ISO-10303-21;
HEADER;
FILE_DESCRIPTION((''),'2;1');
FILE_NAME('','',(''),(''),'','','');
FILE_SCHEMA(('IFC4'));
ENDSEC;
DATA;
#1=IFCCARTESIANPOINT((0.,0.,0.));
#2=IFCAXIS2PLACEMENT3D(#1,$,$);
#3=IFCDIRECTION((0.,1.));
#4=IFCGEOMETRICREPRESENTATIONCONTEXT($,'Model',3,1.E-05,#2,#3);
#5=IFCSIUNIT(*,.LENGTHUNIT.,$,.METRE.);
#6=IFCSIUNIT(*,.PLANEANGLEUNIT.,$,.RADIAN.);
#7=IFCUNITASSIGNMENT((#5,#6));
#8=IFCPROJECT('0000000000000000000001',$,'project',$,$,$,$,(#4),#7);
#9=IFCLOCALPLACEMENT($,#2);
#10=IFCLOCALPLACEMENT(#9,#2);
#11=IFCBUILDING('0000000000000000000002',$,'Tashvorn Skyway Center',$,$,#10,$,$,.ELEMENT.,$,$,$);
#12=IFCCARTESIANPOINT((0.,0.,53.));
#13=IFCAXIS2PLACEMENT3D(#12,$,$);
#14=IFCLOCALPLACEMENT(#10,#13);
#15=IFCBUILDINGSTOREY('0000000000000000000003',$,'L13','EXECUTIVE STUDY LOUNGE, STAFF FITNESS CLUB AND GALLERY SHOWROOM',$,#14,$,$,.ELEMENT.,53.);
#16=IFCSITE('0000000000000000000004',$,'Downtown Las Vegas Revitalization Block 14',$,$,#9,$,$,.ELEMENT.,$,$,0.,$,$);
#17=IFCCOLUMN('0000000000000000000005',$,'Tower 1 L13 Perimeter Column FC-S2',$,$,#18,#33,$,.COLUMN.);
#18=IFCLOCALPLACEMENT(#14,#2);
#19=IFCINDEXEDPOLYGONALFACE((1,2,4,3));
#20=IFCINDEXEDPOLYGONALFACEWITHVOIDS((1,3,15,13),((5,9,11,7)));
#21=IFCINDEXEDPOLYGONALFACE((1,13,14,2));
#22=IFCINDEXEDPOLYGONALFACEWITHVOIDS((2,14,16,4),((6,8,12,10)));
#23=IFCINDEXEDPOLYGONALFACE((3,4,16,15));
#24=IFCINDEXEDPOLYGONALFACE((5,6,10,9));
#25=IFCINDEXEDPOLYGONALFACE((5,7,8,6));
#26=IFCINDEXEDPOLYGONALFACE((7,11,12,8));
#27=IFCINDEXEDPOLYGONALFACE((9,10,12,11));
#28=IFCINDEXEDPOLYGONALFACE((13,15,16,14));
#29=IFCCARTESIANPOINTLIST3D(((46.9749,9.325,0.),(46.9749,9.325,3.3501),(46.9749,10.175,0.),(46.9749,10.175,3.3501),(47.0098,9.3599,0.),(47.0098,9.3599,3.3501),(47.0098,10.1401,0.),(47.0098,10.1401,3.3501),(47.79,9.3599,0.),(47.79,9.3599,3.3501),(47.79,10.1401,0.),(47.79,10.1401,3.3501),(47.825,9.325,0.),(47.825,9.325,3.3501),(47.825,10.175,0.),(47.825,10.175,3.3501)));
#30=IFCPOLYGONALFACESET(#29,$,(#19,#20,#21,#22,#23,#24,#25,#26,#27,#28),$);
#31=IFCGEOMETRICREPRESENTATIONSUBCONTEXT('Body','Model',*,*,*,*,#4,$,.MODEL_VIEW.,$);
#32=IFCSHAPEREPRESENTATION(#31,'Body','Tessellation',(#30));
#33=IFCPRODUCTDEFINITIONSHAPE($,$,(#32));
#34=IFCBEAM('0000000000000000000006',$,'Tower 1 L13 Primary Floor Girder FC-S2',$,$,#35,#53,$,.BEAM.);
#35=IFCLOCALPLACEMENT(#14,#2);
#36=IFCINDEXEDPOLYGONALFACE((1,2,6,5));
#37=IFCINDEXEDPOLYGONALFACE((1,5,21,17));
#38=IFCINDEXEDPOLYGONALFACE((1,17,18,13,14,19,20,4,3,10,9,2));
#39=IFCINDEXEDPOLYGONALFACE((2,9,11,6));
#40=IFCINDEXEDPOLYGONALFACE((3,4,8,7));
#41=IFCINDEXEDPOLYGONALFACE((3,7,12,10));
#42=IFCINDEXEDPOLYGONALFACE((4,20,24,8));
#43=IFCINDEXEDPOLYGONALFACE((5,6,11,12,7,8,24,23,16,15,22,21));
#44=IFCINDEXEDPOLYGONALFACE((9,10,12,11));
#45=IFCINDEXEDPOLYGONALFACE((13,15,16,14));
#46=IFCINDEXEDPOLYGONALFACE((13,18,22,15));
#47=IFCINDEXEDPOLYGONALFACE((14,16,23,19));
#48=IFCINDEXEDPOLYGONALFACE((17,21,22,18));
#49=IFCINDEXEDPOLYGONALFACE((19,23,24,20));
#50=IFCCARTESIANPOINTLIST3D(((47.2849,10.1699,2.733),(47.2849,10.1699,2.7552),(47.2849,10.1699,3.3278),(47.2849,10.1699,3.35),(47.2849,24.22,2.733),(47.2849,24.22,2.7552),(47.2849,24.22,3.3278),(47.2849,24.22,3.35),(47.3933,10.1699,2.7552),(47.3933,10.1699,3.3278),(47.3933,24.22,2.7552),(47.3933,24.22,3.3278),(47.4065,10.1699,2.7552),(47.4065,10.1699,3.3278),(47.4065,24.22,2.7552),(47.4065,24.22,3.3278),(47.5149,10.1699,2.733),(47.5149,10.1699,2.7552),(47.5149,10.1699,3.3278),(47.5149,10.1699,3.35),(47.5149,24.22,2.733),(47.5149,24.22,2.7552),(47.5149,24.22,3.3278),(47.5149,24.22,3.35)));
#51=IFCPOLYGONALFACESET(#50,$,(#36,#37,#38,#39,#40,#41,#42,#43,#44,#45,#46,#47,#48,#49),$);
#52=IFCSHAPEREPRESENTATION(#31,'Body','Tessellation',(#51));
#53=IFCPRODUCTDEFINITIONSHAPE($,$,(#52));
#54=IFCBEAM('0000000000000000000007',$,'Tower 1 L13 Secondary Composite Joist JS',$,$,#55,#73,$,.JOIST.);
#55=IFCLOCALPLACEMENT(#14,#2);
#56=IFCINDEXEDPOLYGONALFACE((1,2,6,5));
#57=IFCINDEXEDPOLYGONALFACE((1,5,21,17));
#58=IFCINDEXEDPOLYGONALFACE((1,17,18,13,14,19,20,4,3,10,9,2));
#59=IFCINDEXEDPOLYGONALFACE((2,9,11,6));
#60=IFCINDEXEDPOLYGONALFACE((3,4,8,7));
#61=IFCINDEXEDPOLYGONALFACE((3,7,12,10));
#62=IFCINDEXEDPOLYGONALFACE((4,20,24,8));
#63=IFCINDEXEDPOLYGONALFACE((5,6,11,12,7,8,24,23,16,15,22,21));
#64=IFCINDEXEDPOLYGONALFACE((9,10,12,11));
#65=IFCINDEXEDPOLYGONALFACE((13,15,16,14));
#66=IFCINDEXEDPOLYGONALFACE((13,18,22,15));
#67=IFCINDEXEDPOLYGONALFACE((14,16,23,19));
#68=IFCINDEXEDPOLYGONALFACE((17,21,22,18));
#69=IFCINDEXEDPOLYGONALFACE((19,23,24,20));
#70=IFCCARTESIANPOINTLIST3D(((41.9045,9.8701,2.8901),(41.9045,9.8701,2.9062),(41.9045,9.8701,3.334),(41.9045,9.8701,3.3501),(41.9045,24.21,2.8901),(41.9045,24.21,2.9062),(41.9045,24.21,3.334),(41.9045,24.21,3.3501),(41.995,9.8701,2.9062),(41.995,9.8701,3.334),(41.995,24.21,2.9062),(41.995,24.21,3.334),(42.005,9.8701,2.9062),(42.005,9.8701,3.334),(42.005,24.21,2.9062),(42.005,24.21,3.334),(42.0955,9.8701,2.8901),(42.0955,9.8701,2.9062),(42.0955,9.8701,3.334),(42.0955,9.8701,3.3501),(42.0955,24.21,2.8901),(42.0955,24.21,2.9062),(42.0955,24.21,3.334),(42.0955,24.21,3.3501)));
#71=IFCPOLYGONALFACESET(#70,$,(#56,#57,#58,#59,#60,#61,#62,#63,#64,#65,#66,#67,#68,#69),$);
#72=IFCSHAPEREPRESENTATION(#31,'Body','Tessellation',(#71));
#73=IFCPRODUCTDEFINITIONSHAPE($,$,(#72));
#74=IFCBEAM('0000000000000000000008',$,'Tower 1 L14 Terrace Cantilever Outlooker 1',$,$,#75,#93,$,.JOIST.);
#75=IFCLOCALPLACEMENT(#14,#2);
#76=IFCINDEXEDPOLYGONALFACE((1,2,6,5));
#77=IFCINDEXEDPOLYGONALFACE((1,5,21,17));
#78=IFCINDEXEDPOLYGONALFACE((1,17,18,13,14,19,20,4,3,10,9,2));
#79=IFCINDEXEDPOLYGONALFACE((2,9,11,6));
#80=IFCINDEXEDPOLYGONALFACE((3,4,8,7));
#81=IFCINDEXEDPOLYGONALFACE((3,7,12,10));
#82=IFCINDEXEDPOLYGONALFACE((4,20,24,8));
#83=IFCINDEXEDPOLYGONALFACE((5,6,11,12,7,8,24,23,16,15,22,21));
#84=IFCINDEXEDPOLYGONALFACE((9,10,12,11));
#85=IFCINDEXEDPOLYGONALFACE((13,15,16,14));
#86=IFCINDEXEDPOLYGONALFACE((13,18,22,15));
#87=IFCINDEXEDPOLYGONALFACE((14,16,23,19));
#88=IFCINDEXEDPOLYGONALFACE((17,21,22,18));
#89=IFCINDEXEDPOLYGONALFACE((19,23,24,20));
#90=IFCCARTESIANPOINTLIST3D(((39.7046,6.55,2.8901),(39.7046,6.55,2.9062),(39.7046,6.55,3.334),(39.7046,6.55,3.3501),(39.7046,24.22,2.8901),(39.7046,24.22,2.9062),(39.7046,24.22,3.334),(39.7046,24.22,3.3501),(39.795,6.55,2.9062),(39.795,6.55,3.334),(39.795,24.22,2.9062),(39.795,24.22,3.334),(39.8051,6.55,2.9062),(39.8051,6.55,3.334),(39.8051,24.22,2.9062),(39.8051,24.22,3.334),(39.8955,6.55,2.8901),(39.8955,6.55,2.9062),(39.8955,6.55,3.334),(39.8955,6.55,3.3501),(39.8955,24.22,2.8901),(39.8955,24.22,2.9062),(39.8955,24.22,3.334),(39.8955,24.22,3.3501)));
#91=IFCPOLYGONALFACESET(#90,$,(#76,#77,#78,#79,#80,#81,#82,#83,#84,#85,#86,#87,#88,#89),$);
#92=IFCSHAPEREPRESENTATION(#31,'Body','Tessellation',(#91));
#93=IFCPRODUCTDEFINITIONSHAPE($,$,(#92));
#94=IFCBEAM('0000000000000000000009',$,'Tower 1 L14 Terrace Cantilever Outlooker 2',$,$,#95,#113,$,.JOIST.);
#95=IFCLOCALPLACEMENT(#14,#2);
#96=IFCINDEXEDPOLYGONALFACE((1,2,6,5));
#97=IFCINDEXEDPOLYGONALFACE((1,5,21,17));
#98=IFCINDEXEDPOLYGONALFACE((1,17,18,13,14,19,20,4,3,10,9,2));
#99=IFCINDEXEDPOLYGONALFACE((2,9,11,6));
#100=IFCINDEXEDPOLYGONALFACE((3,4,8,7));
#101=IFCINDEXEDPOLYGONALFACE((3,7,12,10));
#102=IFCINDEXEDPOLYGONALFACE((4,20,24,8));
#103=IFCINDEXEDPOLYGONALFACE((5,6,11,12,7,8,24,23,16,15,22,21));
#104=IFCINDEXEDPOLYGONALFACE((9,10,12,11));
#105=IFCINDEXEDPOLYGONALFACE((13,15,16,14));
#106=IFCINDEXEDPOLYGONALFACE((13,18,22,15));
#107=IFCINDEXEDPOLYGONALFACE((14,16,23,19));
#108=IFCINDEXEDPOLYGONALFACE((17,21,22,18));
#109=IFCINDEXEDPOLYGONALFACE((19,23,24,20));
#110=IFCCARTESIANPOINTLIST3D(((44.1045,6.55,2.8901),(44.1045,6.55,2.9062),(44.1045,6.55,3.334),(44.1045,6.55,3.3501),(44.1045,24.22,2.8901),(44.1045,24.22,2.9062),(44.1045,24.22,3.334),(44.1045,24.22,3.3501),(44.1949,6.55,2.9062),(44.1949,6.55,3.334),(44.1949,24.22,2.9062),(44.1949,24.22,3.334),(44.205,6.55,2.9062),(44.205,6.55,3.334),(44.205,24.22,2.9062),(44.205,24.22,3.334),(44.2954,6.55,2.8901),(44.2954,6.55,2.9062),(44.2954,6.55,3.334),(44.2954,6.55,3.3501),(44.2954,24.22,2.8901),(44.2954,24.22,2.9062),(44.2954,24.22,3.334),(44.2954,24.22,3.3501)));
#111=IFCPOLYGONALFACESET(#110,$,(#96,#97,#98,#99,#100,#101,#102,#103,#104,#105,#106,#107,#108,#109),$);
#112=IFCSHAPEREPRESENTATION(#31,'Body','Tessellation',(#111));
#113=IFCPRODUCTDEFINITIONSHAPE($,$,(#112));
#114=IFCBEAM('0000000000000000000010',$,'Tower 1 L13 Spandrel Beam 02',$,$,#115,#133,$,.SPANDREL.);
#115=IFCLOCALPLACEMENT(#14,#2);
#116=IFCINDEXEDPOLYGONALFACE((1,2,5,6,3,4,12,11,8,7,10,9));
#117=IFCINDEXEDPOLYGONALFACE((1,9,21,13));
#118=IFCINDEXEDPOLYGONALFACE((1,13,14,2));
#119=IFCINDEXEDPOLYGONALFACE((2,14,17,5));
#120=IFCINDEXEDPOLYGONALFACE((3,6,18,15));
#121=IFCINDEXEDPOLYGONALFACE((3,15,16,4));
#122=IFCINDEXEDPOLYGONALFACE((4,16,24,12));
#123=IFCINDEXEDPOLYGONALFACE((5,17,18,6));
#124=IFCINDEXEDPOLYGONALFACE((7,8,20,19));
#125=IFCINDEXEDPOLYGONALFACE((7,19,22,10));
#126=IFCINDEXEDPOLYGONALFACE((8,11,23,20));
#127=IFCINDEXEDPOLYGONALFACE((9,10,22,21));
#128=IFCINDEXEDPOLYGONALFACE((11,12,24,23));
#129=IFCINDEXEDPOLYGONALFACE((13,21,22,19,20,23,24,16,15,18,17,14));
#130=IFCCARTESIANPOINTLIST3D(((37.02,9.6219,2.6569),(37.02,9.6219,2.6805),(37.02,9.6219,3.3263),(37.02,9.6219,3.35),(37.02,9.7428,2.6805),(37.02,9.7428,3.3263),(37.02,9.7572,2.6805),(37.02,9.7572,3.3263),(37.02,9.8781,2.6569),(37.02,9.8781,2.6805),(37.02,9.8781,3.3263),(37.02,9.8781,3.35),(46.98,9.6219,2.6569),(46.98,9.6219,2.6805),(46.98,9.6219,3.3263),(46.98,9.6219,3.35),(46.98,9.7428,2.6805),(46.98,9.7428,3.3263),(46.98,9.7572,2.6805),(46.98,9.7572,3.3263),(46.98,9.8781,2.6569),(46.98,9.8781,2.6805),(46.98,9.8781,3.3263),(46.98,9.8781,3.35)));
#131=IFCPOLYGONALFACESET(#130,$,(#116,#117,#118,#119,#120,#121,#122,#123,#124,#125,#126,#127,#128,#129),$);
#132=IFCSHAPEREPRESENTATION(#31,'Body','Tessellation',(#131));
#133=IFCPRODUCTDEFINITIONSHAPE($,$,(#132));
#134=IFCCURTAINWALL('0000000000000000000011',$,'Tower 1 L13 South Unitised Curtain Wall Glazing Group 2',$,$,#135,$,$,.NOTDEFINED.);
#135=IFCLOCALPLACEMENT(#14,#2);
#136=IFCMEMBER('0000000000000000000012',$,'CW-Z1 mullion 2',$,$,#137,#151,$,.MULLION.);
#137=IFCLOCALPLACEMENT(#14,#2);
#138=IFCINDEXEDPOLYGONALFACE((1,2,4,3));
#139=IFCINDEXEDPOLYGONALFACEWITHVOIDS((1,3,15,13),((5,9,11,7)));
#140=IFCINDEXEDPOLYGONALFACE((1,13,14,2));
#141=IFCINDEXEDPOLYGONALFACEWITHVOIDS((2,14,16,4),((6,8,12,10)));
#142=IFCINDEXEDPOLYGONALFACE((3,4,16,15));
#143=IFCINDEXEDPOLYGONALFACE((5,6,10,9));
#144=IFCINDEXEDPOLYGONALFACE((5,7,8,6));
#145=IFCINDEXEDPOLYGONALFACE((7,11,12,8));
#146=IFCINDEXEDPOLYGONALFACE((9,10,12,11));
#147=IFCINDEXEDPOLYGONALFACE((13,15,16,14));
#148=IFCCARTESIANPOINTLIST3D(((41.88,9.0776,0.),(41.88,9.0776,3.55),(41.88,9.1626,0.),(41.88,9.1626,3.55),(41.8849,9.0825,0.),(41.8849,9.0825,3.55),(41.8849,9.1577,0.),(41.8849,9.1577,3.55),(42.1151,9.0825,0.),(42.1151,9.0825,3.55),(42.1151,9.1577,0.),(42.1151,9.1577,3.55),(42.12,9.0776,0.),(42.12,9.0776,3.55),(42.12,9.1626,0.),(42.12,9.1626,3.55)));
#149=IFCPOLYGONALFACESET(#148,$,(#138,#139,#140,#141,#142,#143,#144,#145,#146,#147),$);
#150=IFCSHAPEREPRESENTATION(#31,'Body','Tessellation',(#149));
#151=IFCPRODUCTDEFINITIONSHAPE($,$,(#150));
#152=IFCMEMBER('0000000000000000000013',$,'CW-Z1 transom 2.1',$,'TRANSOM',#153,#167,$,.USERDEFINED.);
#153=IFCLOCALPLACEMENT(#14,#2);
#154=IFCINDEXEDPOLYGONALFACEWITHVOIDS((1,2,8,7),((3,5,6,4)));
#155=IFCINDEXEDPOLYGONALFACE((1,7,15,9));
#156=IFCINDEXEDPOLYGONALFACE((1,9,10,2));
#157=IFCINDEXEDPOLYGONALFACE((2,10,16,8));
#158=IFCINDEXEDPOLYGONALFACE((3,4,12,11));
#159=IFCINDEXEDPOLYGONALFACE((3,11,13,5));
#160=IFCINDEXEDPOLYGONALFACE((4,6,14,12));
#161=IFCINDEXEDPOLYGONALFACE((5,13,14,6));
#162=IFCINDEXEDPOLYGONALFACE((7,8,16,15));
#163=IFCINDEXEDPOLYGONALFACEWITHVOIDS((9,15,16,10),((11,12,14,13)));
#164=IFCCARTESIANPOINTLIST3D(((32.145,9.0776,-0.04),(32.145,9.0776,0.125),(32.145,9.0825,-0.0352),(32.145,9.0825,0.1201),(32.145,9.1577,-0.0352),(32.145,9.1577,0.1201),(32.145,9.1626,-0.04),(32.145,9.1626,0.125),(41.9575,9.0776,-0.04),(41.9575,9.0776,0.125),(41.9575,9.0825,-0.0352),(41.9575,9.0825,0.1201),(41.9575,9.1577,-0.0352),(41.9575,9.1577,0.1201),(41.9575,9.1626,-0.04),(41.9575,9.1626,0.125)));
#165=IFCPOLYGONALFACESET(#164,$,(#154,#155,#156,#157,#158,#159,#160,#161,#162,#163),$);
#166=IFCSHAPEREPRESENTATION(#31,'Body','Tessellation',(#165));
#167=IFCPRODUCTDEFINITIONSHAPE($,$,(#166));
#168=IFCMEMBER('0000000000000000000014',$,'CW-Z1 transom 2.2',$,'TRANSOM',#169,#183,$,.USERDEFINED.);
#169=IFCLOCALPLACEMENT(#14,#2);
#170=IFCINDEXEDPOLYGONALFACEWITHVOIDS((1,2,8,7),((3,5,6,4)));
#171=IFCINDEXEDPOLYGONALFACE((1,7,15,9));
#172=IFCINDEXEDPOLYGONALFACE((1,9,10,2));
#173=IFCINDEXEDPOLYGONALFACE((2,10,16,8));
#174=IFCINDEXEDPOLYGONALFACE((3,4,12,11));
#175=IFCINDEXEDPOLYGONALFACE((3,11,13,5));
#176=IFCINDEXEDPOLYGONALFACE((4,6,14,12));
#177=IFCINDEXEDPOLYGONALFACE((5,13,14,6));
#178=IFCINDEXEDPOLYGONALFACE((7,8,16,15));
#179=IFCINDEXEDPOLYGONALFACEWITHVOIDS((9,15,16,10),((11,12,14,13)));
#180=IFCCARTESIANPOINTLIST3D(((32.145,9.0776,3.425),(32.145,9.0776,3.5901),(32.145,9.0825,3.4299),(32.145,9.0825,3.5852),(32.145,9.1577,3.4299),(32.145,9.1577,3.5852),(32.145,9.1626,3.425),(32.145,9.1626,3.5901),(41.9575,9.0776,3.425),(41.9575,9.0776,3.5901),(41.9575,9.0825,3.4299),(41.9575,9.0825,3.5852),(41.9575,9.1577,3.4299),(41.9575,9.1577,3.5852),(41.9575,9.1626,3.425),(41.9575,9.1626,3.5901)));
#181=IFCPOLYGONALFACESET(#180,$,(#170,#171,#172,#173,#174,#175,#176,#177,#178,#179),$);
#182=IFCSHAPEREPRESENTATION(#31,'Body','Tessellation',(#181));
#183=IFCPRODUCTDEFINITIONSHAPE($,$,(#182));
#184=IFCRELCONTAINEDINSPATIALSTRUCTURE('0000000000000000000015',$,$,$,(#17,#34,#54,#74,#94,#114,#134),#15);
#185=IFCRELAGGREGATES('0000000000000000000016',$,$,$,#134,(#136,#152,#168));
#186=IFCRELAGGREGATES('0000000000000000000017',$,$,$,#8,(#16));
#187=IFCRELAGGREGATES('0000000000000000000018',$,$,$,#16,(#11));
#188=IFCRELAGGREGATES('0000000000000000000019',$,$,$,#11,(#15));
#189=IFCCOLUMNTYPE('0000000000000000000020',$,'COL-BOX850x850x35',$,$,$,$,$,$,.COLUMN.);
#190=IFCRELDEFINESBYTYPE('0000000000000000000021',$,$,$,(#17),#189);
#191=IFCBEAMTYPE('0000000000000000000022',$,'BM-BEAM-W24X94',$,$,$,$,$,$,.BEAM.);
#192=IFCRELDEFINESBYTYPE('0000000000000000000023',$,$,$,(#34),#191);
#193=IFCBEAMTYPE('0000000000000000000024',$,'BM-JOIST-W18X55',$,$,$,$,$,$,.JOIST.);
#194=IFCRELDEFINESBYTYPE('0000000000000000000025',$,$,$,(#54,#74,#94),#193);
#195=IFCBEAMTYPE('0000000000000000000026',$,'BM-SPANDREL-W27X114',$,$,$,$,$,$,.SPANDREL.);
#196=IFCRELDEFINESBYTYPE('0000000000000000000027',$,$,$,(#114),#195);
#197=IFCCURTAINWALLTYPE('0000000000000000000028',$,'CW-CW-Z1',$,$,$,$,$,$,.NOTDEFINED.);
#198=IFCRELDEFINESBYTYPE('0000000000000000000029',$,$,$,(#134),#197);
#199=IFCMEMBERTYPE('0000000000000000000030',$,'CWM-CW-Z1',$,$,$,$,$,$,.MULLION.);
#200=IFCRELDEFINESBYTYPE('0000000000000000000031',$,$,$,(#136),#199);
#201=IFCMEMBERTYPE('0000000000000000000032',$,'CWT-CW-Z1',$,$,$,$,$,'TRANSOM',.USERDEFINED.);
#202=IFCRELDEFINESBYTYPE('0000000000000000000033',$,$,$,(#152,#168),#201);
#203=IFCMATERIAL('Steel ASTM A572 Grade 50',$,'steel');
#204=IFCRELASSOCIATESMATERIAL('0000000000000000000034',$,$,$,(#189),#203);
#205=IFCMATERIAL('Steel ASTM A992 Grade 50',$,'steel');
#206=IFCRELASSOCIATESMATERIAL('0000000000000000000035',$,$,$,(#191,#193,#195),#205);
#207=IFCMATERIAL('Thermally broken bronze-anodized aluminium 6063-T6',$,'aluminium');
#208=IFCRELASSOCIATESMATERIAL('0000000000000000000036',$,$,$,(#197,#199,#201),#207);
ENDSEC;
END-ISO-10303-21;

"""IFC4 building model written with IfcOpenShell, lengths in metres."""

from ifc_helpers import new_model, si_unit, direction, frame, origin, origin_2d, place, context, subcontext, project, spatial, hollow_rectangle, i_section, extrude, material, material_profile, profile_set, type_object, element, aggregate, save


model = new_model("IFC4")

# Units and contexts
model_context = context("Model", 3, precision=1e-05, world=origin(), true_north=direction((0.0, 1.0)))
body_context = subcontext(model_context, "Body", "Model", "MODEL_VIEW")
ifc_project = project(units=[si_unit("LENGTHUNIT", "METRE"), si_unit("PLANEANGLEUNIT", "RADIAN")], contexts=[model_context])

# Site, building, storey
site_placement = place(None, origin())
site = spatial("IfcSite", under=ifc_project, at=site_placement, Name="Downtown Las Vegas Revitalization Block 14", CompositionType="ELEMENT", RefElevation=0.0)
building_placement = place(site_placement, origin())
building = spatial("IfcBuilding", under=site, at=building_placement, Name="Tashvorn Skyway Center", CompositionType="ELEMENT")
storey_placement = place(building_placement, frame((0.0, 0.0, 53.0)))
storey = spatial("IfcBuildingStorey", under=building, at=storey_placement, Name="L13", Description="EXECUTIVE STUDY LOUNGE, STAFF FITNESS CLUB AND GALLERY SHOWROOM", CompositionType="ELEMENT", Elevation=53.0)

# Column
ifc_material_1 = material(Name="Steel ASTM A572 Grade 50", Category="steel")
ifc_material_profile_1 = material_profile(ifc_material_1, hollow_rectangle(XDim=0.8501, YDim=0.8501, WallThickness=0.0349, at=origin_2d()), Name="BOX850x850x35")
ifc_profile_set_1 = profile_set([ifc_material_profile_1], Name="Steel ASTM A572 Grade 50")
column_type = type_object("IfcColumnType", Name="COL-BOX850x850x35", PredefinedType="COLUMN", material=ifc_profile_set_1)
column_placement = place(storey_placement, frame((47.3999, 9.75, 0.0), z_axis=(0.0, 0.0, 1.0), x_axis=(1.0, 0.0, 0.0)))
element("IfcColumn", 1, at=column_placement, inside=storey, type_object=column_type, Name="Tower 1 L13 Perimeter Column FC-S2", PredefinedType="COLUMN", context=body_context, shape_type="SweptSolid", body=[
    extrude(hollow_rectangle(XDim=0.8501, YDim=0.8501, WallThickness=0.0349, at=origin_2d()), origin(), (0.0, 0.0, 1.0), 3.3501),
])

# Beams
ifc_material_2 = material(Name="Steel ASTM A992 Grade 50", Category="steel")
ifc_material_profile_2 = material_profile(ifc_material_2, i_section(OverallWidth=0.23, OverallDepth=0.6169, WebThickness=0.0132, FlangeThickness=0.0222, at=origin_2d()), Name="W24X94")
ifc_profile_set_2 = profile_set([ifc_material_profile_2], Name="Steel ASTM A992 Grade 50")
beam_type_1 = type_object("IfcBeamType", Name="BM-BEAM-W24X94", PredefinedType="BEAM", material=ifc_profile_set_2)
beam_1_placement = place(storey_placement, frame((47.3999, 10.1699, 3.0415), z_axis=(0.0, 1.0, 0.0), x_axis=(-1.0, 0.0, 0.0)))
element("IfcBeam", 2, at=beam_1_placement, inside=storey, type_object=beam_type_1, Name="Tower 1 L13 Primary Floor Girder FC-S2", PredefinedType="BEAM", context=body_context, shape_type="SweptSolid", body=[
    extrude(i_section(OverallWidth=0.23, OverallDepth=0.6169, WebThickness=0.0132, FlangeThickness=0.0222, at=origin_2d()), origin(), (0.0, 0.0, 1.0), 14.05),
])
ifc_material_profile_3 = material_profile(ifc_material_2, i_section(OverallWidth=0.1909, OverallDepth=0.46, WebThickness=0.01, FlangeThickness=0.0161, at=origin_2d()), Name="W18X55")
ifc_profile_set_3 = profile_set([ifc_material_profile_3], Name="Steel ASTM A992 Grade 50")
beam_type_2 = type_object("IfcBeamType", Name="BM-JOIST-W18X55", PredefinedType="JOIST", material=ifc_profile_set_3)
beam_2_placement = place(storey_placement, frame((42.0, 24.21, 3.1201), z_axis=(0.0, -1.0, 0.0), x_axis=(1.0, 0.0, 0.0)))
element("IfcBeam", 3, at=beam_2_placement, inside=storey, type_object=beam_type_2, Name="Tower 1 L13 Secondary Composite Joist JS", PredefinedType="JOIST", context=body_context, shape_type="SweptSolid", body=[
    extrude(i_section(OverallWidth=0.1909, OverallDepth=0.46, WebThickness=0.01, FlangeThickness=0.0161, at=origin_2d()), origin(), (0.0, 0.0, 1.0), 14.3398),
])
for number, where, z_axis, x_axis, name in (
    (4, (39.8, 24.22, 3.1201), (0.0, -1.0, 0.0), (1.0, 0.0, 0.0), "Tower 1 L14 Terrace Cantilever Outlooker 1"),
    (5, (44.2, 24.22, 3.1201), (0.0, -1.0, 0.0), (1.0, 0.0, 0.0), "Tower 1 L14 Terrace Cantilever Outlooker 2"),
):
    element("IfcBeam", number, at=place(storey_placement, frame(where, z_axis=z_axis, x_axis=x_axis)), inside=storey, type_object=beam_type_2, Name=name, PredefinedType="JOIST", context=body_context, shape_type="SweptSolid", body=[
        extrude(i_section(OverallWidth=0.1909, OverallDepth=0.46, WebThickness=0.01, FlangeThickness=0.0161, at=origin_2d()), origin(), (0.0, 0.0, 1.0), 17.6699),
    ])
ifc_material_profile_4 = material_profile(ifc_material_2, i_section(OverallWidth=0.2561, OverallDepth=0.6931, WebThickness=0.0144, FlangeThickness=0.0237, at=origin_2d()), Name="W27X114")
ifc_profile_set_4 = profile_set([ifc_material_profile_4], Name="Steel ASTM A992 Grade 50")
beam_type_3 = type_object("IfcBeamType", Name="BM-SPANDREL-W27X114", PredefinedType="SPANDREL", material=ifc_profile_set_4)
beam_3_placement = place(storey_placement, frame((37.02, 9.75, 3.0034), z_axis=(1.0, 0.0, 0.0), x_axis=(0.0, 1.0, 0.0)))
element("IfcBeam", 6, at=beam_3_placement, inside=storey, type_object=beam_type_3, Name="Tower 1 L13 Spandrel Beam 02", PredefinedType="SPANDREL", context=body_context, shape_type="SweptSolid", body=[
    extrude(i_section(OverallWidth=0.2561, OverallDepth=0.6931, WebThickness=0.0144, FlangeThickness=0.0237, at=origin_2d()), origin(), (0.0, 0.0, 1.0), 9.96),
])

# Curtain wall, members
ifc_material_3 = material(Name="Thermally broken bronze-anodized aluminium 6063-T6", Category="aluminium")
curtain_wall_type = type_object("IfcCurtainWallType", Name="CW-CW-Z1", PredefinedType="NOTDEFINED", material=ifc_material_3)
curtain_wall_placement = place(storey_placement, origin())
curtain_wall = element("IfcCurtainWall", 7, at=curtain_wall_placement, inside=storey, type_object=curtain_wall_type, Name="Tower 1 L13 South Unitised Curtain Wall Glazing Group 2", PredefinedType="NOTDEFINED")
ifc_material_profile_5 = material_profile(ifc_material_3, hollow_rectangle(XDim=0.085, YDim=0.24, WallThickness=0.0049, at=origin_2d()), Name="ALU-MULL-85x240")
ifc_profile_set_5 = profile_set([ifc_material_profile_5], Name="Thermally broken bronze-anodized aluminium 6063-T6")
member_type_1 = type_object("IfcMemberType", Name="CWM-CW-Z1", PredefinedType="MULLION", material=ifc_profile_set_5)
member_1_placement = place(storey_placement, frame((42.0, 9.1201, 0.0), z_axis=(0.0, 0.0, 1.0), x_axis=(0.0, -1.0, 0.0)))
member_1 = element("IfcMember", 8, at=member_1_placement, type_object=member_type_1, Name="CW-Z1 mullion 2", PredefinedType="MULLION", context=body_context, shape_type="SweptSolid", body=[
    extrude(hollow_rectangle(XDim=0.085, YDim=0.24, WallThickness=0.0049, at=origin_2d()), origin(), (0.0, 0.0, 1.0), 3.55),
])
ifc_material_profile_6 = material_profile(ifc_material_3, hollow_rectangle(XDim=0.085, YDim=0.165, WallThickness=0.0049, at=origin_2d()), Name="ALU-TRAN-85x165")
ifc_profile_set_6 = profile_set([ifc_material_profile_6], Name="Thermally broken bronze-anodized aluminium 6063-T6")
member_type_2 = type_object("IfcMemberType", Name="CWT-CW-Z1", ElementType="TRANSOM", PredefinedType="USERDEFINED", material=ifc_profile_set_6)
member_2_placement = place(storey_placement, frame((41.9575, 9.1201, 0.0425), z_axis=(-1.0, 0.0, 0.0), x_axis=(0.0, -1.0, 0.0)))
member_2 = element("IfcMember", 9, at=member_2_placement, type_object=member_type_2, Name="CW-Z1 transom 2.1", ObjectType="TRANSOM", PredefinedType="USERDEFINED", context=body_context, shape_type="SweptSolid", body=[
    extrude(hollow_rectangle(XDim=0.085, YDim=0.165, WallThickness=0.0049, at=origin_2d()), origin(), (0.0, 0.0, 1.0), 9.8125),
])
member_3_placement = place(storey_placement, frame((41.9575, 9.1201, 3.5076), z_axis=(-1.0, 0.0, 0.0), x_axis=(0.0, -1.0, 0.0)))
member_3 = element("IfcMember", 10, at=member_3_placement, type_object=member_type_2, Name="CW-Z1 transom 2.2", ObjectType="TRANSOM", PredefinedType="USERDEFINED", context=body_context, shape_type="SweptSolid", body=[
    extrude(hollow_rectangle(XDim=0.085, YDim=0.165, WallThickness=0.0049, at=origin_2d()), origin(), (0.0, 0.0, 1.0), 9.8125),
])
aggregate(curtain_wall, [member_1, member_2, member_3])

save(model, "model.ifc")
